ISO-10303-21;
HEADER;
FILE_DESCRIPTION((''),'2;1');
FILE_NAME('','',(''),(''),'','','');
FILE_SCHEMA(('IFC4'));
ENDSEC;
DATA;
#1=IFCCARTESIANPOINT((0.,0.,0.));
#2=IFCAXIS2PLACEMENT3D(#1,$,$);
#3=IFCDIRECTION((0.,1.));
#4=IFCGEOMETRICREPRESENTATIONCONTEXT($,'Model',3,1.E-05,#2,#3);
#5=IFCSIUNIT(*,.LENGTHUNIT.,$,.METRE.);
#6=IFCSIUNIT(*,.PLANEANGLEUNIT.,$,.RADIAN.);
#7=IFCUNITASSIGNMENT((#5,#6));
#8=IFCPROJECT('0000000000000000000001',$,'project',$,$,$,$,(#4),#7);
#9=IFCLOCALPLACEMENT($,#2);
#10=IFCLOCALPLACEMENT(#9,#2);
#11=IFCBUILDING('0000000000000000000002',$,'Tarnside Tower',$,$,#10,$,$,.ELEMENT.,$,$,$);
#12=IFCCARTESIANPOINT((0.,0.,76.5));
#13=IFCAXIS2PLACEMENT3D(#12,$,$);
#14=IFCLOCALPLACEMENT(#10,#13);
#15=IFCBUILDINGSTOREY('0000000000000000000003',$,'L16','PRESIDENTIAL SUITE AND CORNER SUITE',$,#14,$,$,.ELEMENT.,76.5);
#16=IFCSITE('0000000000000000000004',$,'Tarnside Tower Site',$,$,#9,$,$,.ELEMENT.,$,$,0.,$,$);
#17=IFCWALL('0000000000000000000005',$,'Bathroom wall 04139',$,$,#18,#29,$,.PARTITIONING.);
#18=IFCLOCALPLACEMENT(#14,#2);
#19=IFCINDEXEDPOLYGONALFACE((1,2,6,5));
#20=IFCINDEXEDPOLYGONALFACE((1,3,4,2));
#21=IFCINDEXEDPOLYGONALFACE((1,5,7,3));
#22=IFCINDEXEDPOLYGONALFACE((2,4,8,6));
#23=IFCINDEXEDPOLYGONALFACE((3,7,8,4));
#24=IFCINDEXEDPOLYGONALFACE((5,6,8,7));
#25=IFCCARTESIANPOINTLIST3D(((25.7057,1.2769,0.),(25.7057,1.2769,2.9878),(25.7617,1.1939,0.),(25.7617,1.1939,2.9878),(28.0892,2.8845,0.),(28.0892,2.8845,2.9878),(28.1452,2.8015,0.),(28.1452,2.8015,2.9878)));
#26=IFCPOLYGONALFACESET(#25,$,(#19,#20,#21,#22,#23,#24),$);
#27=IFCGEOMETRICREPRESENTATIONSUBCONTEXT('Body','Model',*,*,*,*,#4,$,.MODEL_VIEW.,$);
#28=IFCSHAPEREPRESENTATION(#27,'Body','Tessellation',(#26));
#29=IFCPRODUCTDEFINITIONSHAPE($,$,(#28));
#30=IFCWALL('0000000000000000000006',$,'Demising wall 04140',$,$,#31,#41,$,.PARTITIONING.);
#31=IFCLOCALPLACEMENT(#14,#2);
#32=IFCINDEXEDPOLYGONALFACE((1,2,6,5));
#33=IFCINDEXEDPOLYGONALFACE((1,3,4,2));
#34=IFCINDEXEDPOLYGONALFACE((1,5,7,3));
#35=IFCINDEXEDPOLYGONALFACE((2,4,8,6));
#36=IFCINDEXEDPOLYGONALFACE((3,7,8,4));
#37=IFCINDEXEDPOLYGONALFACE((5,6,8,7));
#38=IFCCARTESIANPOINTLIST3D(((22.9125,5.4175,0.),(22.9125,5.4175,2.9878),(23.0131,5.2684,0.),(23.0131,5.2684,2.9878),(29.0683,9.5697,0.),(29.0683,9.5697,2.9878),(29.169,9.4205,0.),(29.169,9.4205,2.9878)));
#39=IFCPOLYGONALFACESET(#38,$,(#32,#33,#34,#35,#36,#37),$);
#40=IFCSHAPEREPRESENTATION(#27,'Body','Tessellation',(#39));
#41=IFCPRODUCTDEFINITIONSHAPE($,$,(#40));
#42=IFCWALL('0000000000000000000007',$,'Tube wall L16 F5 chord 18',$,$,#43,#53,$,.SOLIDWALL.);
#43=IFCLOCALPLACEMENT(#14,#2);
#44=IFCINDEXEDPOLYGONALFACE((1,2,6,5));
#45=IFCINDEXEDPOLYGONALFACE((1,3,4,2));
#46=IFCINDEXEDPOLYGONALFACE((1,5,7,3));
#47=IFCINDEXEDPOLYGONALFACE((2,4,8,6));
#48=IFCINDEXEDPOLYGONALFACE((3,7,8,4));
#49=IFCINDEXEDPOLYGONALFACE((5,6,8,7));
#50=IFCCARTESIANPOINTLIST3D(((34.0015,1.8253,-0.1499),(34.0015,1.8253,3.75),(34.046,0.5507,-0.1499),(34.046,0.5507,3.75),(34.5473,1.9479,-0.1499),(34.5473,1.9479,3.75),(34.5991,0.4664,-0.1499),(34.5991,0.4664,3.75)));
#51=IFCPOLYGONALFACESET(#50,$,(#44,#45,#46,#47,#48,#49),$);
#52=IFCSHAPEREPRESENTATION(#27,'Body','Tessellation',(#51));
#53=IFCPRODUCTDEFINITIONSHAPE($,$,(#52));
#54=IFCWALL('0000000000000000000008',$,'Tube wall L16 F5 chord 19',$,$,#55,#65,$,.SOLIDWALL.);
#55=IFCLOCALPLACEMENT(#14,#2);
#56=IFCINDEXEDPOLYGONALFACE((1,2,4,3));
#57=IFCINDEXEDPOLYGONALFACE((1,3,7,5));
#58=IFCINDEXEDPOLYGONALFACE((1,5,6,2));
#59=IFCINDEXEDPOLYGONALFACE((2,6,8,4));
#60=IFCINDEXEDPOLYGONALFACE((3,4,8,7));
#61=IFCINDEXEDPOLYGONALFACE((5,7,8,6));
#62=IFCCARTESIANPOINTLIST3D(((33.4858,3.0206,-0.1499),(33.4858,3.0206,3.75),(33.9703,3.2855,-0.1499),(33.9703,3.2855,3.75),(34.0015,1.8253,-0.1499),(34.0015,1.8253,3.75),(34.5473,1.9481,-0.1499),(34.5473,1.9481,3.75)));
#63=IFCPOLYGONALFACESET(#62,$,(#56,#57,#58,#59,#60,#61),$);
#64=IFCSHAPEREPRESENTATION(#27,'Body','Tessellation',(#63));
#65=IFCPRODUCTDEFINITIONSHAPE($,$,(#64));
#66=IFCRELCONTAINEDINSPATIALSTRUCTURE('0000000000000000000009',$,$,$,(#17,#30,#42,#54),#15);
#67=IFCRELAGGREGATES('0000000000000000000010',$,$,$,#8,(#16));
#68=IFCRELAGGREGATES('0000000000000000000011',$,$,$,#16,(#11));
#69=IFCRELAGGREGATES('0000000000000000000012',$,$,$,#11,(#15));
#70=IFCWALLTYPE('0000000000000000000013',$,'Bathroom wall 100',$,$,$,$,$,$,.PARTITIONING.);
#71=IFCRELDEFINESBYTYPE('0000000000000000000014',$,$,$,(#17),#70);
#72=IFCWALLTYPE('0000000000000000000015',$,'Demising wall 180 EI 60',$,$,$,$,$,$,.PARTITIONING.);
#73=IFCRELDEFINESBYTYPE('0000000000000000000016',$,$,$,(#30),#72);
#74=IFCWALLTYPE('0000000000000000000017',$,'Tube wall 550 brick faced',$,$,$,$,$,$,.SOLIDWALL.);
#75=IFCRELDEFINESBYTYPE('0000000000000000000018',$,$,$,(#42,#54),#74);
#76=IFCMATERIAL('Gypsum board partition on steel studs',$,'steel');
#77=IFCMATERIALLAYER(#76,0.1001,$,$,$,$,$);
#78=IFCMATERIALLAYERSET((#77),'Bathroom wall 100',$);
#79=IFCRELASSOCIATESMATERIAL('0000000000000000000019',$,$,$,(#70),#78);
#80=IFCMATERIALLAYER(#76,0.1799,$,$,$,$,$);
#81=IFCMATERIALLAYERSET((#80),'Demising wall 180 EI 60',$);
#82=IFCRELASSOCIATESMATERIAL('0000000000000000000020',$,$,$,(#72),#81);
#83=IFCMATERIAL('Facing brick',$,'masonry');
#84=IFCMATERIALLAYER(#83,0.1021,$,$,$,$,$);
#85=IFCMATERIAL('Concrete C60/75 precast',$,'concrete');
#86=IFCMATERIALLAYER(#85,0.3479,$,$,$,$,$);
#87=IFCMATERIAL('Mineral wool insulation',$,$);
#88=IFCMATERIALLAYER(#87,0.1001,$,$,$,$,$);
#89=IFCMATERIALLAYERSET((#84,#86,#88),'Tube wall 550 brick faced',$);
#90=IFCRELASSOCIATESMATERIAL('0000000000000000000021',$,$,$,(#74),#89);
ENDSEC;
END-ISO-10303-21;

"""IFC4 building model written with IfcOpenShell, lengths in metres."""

from ifc_helpers import new_model, si_unit, direction, frame, frame_2d, origin, place, context, subcontext, project, spatial, polyline, rectangle, outline, extrude, material, layer, layer_set, type_object, element, save


model = new_model("IFC4")

# Units and contexts
model_context = context("Model", 3, precision=1e-05, world=origin(), true_north=direction((0.0, 1.0)))
body_context = subcontext(model_context, "Body", "Model", "MODEL_VIEW")
ifc_project = project(units=[si_unit("LENGTHUNIT", "METRE"), si_unit("PLANEANGLEUNIT", "RADIAN")], contexts=[model_context])

# Site, building, storey
site_placement = place(None, origin())
site = spatial("IfcSite", under=ifc_project, at=site_placement, Name="Tarnside Tower Site", CompositionType="ELEMENT", RefElevation=0.0)
building_placement = place(site_placement, origin())
building = spatial("IfcBuilding", under=site, at=building_placement, Name="Tarnside Tower", CompositionType="ELEMENT")
storey_placement = place(building_placement, frame((0.0, 0.0, 76.5)))
storey = spatial("IfcBuildingStorey", under=building, at=storey_placement, Name="L16", Description="PRESIDENTIAL SUITE AND CORNER SUITE", CompositionType="ELEMENT", Elevation=76.5)

# Walls
ifc_material_1 = material(Name="Gypsum board partition on steel studs", Category="steel")
ifc_layer_1 = layer(ifc_material_1, 0.1001)
ifc_layer_set_1 = layer_set([ifc_layer_1], Name="Bathroom wall 100")
wall_type_1 = type_object("IfcWallType", Name="Bathroom wall 100", PredefinedType="PARTITIONING", material=ifc_layer_set_1)
wall_1_placement = place(storey_placement, frame((28.1172, 2.843, 0.0), z_axis=(0.0, 0.0, 1.0), x_axis=(-0.829046, -0.55918, 0.0)))
element("IfcWall", 1, at=wall_1_placement, inside=storey, type_object=wall_type_1, Name="Bathroom wall 04139", PredefinedType="PARTITIONING", context=body_context, shape_type="SweptSolid", body=[
    extrude(rectangle(XDim=2.875, YDim=0.1001, at=frame_2d((1.4375, 0.0))), origin(), (0.0, 0.0, 1.0), 2.9878),
])
ifc_layer_2 = layer(ifc_material_1, 0.1799)
ifc_layer_set_2 = layer_set([ifc_layer_2], Name="Demising wall 180 EI 60")
wall_type_2 = type_object("IfcWallType", Name="Demising wall 180 EI 60", PredefinedType="PARTITIONING", material=ifc_layer_set_2)
wall_2_placement = place(storey_placement, frame((29.1187, 9.4951, 0.0), z_axis=(0.0, 0.0, 1.0), x_axis=(-0.829038, -0.559192, 0.0)))
element("IfcWall", 2, at=wall_2_placement, inside=storey, type_object=wall_type_2, Name="Demising wall 04140", PredefinedType="PARTITIONING", context=body_context, shape_type="SweptSolid", body=[
    extrude(rectangle(XDim=7.4253, YDim=0.1799, at=frame_2d((3.7126, 0.0))), origin(), (0.0, 0.0, 1.0), 2.9878),
])
ifc_material_2 = material(Name="Facing brick", Category="masonry")
ifc_layer_3 = layer(ifc_material_2, 0.1021)
ifc_material_3 = material(Name="Concrete C60/75 precast", Category="concrete")
ifc_layer_4 = layer(ifc_material_3, 0.3479)
ifc_material_4 = material(Name="Mineral wool insulation")
ifc_layer_5 = layer(ifc_material_4, 0.1001)
ifc_layer_set_3 = layer_set([ifc_layer_3, ifc_layer_4, ifc_layer_5], Name="Tube wall 550 brick faced")
wall_type_3 = type_object("IfcWallType", Name="Tube wall 550 brick faced", PredefinedType="SOLIDWALL", material=ifc_layer_set_3)
wall_3_placement = place(storey_placement, frame((34.3225, 0.5085, -0.1499), z_axis=(0.0, 0.0, 1.0), x_axis=(-0.034877, 0.999392, 0.0)))
element("IfcWall", 3, at=wall_3_placement, inside=storey, type_object=wall_type_3, Name="Tube wall L16 F5 chord 18", PredefinedType="SOLIDWALL", context=body_context, shape_type="SweptSolid", body=[
    extrude(outline(polyline([(-0.0518, -0.2749), (1.4307, -0.2749), (1.3271, 0.2749), (0.0518, 0.2749), (-0.0518, -0.2749)])), origin(), (0.0, 0.0, 1.0), 3.8999),
])
wall_4_placement = place(storey_placement, frame((34.2744, 1.8867, -0.1499), z_axis=(0.0, 0.0, 1.0), x_axis=(-0.396161, 0.918181, 0.0)))
element("IfcWall", 4, at=wall_4_placement, inside=storey, type_object=wall_type_3, Name="Tube wall L16 F5 chord 19", PredefinedType="SOLIDWALL", context=body_context, shape_type="SweptSolid", body=[
    extrude(outline(polyline([(-0.0518, -0.2749), (1.4048, -0.2749), (1.3535, 0.2749), (0.0518, 0.2749), (-0.0518, -0.2749)])), origin(), (0.0, 0.0, 1.0), 3.8999),
])

save(model, "model.ifc")
